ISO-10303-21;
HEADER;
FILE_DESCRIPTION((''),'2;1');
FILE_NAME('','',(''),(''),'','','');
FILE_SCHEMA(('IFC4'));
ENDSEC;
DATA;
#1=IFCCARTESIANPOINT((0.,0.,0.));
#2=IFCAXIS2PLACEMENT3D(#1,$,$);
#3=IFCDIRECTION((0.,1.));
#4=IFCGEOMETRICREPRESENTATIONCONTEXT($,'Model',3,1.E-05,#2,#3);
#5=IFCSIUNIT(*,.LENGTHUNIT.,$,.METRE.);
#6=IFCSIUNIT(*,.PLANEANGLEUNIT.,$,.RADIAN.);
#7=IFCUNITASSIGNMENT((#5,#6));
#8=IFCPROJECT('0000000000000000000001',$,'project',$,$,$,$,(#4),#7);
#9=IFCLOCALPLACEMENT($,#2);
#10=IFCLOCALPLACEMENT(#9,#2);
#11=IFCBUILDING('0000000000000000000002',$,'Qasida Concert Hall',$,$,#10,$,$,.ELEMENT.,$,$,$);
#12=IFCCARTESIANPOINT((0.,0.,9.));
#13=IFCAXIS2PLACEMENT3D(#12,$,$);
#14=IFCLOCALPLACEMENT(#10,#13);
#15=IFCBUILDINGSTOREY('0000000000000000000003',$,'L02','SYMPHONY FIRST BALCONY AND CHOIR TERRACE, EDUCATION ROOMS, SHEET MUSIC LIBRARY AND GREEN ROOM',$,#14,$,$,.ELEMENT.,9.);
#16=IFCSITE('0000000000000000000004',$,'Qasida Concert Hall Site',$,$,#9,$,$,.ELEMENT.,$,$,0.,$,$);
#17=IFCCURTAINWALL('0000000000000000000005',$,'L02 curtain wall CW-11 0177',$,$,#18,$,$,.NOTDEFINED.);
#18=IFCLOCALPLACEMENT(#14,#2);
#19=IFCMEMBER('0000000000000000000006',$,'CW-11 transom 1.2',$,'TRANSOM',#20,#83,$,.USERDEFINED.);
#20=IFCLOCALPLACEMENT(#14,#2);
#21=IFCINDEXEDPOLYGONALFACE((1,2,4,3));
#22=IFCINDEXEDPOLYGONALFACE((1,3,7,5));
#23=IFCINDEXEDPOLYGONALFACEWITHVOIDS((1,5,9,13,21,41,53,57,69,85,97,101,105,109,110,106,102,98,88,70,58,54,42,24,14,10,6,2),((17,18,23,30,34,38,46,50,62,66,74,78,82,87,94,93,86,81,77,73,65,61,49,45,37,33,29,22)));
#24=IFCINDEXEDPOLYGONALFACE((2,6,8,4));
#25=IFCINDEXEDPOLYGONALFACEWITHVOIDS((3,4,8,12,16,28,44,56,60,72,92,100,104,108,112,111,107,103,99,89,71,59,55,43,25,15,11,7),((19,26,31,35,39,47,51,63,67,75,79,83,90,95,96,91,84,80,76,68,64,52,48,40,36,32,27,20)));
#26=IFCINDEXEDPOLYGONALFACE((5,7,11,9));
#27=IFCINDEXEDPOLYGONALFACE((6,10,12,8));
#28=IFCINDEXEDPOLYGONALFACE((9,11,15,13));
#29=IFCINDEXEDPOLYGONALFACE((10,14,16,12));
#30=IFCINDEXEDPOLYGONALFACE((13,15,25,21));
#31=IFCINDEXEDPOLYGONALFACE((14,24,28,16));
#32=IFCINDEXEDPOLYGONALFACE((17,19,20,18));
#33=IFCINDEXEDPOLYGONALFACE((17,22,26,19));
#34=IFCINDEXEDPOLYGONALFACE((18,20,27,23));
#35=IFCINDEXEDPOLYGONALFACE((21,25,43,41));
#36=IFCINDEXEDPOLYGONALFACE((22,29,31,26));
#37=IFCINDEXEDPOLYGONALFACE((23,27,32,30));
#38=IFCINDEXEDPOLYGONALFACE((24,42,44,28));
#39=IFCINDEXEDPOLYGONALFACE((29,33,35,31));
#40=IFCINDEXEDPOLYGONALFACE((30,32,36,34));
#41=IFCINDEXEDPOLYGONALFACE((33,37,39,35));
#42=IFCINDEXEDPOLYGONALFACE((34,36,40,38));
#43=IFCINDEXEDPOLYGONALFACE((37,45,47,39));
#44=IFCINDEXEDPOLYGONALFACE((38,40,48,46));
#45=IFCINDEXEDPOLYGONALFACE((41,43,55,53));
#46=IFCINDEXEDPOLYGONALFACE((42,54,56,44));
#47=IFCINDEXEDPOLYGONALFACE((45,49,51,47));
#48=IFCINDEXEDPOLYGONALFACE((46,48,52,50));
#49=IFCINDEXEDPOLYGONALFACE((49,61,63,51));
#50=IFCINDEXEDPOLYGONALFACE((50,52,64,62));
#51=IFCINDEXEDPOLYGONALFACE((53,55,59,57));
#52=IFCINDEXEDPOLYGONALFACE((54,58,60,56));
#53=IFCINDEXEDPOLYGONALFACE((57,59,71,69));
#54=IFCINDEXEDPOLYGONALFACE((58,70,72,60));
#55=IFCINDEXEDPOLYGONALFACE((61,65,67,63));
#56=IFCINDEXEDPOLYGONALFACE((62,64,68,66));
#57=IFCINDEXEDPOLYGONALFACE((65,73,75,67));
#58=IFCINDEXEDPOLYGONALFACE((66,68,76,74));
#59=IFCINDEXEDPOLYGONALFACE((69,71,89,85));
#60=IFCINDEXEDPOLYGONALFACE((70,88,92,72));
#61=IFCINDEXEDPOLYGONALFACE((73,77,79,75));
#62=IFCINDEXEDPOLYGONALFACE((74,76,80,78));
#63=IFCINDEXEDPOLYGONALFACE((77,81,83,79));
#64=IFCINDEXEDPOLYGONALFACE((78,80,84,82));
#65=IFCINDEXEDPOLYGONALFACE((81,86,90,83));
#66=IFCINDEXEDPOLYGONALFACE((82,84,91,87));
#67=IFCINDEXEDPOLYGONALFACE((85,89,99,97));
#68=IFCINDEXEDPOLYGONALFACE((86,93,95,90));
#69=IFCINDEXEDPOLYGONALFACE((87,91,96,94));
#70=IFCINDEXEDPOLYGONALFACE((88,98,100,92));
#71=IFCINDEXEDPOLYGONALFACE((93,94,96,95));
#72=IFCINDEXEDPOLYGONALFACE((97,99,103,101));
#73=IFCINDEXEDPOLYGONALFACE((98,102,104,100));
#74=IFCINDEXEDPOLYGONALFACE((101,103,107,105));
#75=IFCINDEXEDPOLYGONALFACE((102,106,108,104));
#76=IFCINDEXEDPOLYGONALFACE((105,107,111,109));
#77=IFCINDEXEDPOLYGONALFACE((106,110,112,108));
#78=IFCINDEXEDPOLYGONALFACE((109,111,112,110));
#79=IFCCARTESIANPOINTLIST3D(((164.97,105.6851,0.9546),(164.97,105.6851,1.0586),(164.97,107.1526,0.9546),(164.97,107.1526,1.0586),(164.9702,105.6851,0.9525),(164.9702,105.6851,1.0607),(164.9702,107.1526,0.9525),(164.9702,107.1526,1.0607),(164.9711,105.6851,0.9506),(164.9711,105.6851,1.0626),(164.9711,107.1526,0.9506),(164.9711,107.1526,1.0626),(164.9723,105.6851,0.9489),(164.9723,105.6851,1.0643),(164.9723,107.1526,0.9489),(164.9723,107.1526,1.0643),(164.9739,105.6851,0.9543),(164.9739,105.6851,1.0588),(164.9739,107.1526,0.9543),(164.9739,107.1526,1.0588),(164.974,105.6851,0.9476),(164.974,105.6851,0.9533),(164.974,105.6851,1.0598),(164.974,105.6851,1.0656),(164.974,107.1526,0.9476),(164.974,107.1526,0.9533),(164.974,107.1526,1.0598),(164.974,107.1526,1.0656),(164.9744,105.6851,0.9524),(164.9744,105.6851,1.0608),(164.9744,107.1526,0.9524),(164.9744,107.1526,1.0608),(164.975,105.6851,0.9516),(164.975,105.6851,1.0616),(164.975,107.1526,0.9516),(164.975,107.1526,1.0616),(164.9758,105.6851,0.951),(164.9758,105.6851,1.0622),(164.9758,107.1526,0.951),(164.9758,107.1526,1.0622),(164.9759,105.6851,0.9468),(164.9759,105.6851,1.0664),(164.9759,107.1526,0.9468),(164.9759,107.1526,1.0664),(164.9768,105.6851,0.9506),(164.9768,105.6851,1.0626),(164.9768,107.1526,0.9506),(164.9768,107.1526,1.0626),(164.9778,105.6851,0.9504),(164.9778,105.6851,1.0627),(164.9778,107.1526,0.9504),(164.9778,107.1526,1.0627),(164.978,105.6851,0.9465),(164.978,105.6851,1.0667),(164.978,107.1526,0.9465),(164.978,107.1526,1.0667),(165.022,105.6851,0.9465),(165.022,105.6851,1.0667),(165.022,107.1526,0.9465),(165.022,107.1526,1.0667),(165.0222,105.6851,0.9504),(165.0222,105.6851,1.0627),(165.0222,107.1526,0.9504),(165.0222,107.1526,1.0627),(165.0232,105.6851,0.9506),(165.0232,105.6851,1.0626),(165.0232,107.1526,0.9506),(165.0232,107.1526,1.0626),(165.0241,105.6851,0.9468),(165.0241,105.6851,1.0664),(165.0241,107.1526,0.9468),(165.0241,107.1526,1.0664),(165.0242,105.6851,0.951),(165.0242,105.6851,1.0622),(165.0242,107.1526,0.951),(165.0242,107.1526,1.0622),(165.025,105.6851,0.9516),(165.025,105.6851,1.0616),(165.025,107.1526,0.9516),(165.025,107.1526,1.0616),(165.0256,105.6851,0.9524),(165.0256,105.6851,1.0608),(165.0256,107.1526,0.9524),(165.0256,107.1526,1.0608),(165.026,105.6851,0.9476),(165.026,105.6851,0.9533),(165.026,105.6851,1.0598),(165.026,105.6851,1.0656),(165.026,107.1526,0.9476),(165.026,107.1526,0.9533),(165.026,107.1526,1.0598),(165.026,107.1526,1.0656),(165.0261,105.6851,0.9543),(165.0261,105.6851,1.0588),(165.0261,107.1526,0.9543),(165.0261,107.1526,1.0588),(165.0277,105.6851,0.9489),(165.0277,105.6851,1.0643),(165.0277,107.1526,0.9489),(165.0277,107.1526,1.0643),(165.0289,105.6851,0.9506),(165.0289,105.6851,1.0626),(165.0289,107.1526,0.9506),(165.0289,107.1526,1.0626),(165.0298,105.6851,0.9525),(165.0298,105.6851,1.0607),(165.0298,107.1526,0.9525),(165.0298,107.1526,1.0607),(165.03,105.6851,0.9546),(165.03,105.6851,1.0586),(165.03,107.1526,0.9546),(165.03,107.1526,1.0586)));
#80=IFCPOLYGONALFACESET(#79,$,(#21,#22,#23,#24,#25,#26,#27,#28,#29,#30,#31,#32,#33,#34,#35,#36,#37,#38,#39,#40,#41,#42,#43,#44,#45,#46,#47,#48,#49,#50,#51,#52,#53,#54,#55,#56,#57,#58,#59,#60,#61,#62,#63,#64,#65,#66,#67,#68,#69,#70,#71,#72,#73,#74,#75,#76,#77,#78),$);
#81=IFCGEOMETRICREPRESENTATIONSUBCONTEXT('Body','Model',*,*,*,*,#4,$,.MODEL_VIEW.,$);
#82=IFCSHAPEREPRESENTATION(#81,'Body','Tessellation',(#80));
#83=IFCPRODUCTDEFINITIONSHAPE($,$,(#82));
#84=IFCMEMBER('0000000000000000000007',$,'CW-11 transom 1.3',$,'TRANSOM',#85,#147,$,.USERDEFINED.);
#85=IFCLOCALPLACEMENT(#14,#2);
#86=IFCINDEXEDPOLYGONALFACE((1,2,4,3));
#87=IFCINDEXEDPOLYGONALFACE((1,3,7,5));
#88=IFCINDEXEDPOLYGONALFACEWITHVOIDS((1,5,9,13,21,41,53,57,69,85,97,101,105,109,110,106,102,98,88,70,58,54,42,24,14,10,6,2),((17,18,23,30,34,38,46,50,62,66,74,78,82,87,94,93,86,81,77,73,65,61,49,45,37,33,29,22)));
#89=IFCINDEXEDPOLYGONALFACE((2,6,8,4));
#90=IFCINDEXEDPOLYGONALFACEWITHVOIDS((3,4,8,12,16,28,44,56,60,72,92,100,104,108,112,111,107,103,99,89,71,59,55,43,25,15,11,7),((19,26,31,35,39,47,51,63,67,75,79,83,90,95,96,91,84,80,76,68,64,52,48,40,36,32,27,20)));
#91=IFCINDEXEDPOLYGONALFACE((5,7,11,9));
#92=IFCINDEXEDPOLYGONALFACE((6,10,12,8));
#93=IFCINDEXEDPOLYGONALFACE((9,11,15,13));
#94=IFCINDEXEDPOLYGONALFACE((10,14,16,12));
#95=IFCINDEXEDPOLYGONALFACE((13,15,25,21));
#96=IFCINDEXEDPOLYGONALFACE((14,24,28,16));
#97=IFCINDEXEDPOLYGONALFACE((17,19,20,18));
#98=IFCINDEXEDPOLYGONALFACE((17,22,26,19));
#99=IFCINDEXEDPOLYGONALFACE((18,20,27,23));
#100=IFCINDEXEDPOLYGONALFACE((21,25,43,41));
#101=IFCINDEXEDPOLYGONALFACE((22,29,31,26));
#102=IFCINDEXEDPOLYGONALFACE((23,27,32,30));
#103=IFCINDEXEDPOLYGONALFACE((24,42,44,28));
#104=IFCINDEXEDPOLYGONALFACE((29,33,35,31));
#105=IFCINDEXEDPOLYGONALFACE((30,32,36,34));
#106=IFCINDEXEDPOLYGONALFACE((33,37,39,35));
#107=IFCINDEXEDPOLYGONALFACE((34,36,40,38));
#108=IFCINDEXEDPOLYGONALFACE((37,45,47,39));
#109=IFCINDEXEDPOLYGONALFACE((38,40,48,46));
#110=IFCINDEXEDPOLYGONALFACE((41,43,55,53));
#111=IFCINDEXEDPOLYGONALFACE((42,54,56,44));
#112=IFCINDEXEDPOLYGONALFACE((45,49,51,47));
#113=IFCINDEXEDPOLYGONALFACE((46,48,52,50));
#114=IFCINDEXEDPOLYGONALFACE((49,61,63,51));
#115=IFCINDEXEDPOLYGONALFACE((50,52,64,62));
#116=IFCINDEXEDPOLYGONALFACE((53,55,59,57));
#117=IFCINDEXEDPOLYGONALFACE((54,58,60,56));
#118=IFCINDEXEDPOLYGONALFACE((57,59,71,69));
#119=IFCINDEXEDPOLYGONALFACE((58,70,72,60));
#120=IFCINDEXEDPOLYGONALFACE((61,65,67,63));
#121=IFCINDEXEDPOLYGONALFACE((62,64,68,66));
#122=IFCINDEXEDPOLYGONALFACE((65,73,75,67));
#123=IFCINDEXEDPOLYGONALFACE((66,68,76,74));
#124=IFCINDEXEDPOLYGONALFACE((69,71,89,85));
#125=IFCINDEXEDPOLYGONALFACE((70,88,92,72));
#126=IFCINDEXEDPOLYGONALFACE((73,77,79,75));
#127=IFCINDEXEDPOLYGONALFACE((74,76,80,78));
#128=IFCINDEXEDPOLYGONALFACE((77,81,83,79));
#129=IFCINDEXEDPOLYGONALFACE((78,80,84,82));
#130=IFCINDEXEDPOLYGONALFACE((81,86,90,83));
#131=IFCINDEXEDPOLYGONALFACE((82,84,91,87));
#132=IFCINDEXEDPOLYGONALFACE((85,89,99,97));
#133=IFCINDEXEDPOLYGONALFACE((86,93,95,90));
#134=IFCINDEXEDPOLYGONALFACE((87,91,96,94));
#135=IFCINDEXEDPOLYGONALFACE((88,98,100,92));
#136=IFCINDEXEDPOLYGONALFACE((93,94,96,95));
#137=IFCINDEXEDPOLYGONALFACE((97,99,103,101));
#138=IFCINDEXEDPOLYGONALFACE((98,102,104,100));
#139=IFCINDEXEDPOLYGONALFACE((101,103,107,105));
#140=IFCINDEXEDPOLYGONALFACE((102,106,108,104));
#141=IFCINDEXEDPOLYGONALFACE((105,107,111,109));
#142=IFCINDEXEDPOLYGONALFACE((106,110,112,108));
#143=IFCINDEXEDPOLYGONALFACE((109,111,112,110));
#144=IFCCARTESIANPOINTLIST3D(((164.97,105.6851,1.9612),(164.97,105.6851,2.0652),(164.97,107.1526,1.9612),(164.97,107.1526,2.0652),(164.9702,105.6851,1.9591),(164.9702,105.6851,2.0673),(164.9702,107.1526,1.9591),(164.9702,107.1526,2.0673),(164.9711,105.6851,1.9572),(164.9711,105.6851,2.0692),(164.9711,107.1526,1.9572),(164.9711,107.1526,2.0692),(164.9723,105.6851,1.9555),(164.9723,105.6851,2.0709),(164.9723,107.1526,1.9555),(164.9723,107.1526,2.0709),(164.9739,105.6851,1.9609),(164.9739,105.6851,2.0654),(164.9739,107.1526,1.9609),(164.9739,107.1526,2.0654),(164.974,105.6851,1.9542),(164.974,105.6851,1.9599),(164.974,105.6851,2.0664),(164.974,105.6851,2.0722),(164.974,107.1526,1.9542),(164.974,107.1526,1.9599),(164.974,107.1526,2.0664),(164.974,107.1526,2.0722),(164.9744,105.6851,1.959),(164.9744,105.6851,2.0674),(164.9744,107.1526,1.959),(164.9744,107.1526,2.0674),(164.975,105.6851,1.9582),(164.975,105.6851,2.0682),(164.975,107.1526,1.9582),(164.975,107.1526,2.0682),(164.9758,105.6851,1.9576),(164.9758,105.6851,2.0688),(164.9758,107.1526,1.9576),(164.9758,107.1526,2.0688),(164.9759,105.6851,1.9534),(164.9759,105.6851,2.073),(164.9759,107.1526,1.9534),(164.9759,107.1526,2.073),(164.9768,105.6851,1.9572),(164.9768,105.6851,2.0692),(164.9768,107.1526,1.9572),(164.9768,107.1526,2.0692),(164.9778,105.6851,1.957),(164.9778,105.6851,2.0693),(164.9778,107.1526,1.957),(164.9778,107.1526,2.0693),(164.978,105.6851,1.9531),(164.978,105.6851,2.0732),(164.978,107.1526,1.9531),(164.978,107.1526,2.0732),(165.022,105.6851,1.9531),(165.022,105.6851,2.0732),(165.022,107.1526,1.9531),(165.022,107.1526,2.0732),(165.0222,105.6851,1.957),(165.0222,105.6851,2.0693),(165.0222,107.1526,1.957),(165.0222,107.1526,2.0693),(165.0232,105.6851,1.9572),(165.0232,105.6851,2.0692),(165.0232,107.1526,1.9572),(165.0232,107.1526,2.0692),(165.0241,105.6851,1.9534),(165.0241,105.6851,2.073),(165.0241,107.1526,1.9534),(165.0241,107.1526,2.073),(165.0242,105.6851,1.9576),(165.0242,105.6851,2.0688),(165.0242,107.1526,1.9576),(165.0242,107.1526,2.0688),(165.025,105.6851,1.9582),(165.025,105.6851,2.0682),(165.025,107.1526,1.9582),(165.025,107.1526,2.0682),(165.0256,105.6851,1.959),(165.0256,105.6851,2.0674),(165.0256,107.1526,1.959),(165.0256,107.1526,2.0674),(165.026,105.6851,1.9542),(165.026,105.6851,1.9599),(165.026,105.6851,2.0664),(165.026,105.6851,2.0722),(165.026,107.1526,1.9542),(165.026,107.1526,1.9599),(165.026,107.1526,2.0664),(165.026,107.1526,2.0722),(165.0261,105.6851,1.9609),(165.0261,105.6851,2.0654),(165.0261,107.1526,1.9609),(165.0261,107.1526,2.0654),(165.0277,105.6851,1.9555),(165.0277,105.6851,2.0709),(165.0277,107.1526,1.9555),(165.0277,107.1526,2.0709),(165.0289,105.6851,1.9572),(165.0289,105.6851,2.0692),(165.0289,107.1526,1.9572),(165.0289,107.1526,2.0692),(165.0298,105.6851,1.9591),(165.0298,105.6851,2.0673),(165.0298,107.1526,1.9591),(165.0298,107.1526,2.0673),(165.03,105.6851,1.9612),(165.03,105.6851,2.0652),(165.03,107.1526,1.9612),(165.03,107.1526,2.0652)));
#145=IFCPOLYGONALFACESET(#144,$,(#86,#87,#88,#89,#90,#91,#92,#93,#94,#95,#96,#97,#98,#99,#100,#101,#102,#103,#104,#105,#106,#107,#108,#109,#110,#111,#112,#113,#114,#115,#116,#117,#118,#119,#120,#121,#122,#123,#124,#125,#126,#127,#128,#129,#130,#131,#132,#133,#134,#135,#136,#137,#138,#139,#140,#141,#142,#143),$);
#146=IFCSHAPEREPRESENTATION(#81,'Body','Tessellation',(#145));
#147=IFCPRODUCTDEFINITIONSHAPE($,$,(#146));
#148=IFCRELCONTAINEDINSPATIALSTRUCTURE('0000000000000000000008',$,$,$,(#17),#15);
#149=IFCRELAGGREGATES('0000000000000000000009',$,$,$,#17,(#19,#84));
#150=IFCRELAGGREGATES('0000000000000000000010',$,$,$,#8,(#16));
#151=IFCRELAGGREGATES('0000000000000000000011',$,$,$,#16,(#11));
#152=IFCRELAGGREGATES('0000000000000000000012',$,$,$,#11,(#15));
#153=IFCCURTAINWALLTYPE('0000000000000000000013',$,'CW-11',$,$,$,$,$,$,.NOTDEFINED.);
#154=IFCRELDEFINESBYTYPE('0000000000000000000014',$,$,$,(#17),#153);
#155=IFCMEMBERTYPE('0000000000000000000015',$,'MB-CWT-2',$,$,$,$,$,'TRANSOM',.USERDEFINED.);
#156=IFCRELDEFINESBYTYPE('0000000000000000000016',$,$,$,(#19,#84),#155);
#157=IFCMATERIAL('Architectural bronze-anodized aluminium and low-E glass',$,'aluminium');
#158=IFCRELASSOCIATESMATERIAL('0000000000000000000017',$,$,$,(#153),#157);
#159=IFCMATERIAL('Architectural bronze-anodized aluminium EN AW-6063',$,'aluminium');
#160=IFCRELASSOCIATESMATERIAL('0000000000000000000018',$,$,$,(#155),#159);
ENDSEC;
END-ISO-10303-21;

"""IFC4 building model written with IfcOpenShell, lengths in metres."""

from ifc_helpers import new_model, si_unit, direction, frame, origin, origin_2d, place, context, subcontext, project, spatial, hollow_rectangle, extrude, material, material_profile, profile_set, type_object, element, aggregate, save


model = new_model("IFC4")

# Units and contexts
model_context = context("Model", 3, precision=1e-05, world=origin(), true_north=direction((0.0, 1.0)))
body_context = subcontext(model_context, "Body", "Model", "MODEL_VIEW")
ifc_project = project(units=[si_unit("LENGTHUNIT", "METRE"), si_unit("PLANEANGLEUNIT", "RADIAN")], contexts=[model_context])

# Site, building, storey
site_placement = place(None, origin())
site = spatial("IfcSite", under=ifc_project, at=site_placement, Name="Qasida Concert Hall Site", CompositionType="ELEMENT", RefElevation=0.0)
building_placement = place(site_placement, origin())
building = spatial("IfcBuilding", under=site, at=building_placement, Name="Qasida Concert Hall", CompositionType="ELEMENT")
storey_placement = place(building_placement, frame((0.0, 0.0, 9.0)))
storey = spatial("IfcBuildingStorey", under=building, at=storey_placement, Name="L02", Description="SYMPHONY FIRST BALCONY AND CHOIR TERRACE, EDUCATION ROOMS, SHEET MUSIC LIBRARY AND GREEN ROOM", CompositionType="ELEMENT", Elevation=9.0)

# Curtain wall, members
ifc_material_1 = material(Name="Architectural bronze-anodized aluminium and low-E glass", Category="aluminium")
curtain_wall_type = type_object("IfcCurtainWallType", Name="CW-11", PredefinedType="NOTDEFINED", material=ifc_material_1)
curtain_wall_placement = place(storey_placement, origin())
curtain_wall = element("IfcCurtainWall", 1, at=curtain_wall_placement, inside=storey, type_object=curtain_wall_type, Name="L02 curtain wall CW-11 0177", PredefinedType="NOTDEFINED")
ifc_material_2 = material(Name="Architectural bronze-anodized aluminium EN AW-6063", Category="aluminium")
ifc_material_profile_1 = material_profile(ifc_material_2, hollow_rectangle(XDim=0.0601, YDim=0.1201, WallThickness=0.0039, InnerFilletRadius=0.0039, OuterFilletRadius=0.0081, at=origin_2d()), Name="CWT 120x60x4")
ifc_profile_set_1 = profile_set([ifc_material_profile_1], Name="Architectural bronze-anodized aluminium EN AW-6063")
member_type_1 = type_object("IfcMemberType", Name="MB-CWT-2", ElementType="TRANSOM", PredefinedType="USERDEFINED", material=ifc_profile_set_1)
member_1_placement = place(storey_placement, frame((165.0, 105.6851, 1.0066), z_axis=(0.0, 1.0, 0.0), x_axis=(-1.0, 0.0, 0.0)))
member_1 = element("IfcMember", 2, at=member_1_placement, type_object=member_type_1, Name="CW-11 transom 1.2", ObjectType="TRANSOM", PredefinedType="USERDEFINED", context=body_context, shape_type="SweptSolid", body=[
    extrude(hollow_rectangle(XDim=0.0601, YDim=0.1201, WallThickness=0.0039, InnerFilletRadius=0.0039, OuterFilletRadius=0.0081, at=origin_2d()), origin(), (0.0, 0.0, 1.0), 1.4675),
])
member_2_placement = place(storey_placement, frame((165.0, 105.6851, 2.0132), z_axis=(0.0, 1.0, 0.0), x_axis=(-1.0, 0.0, 0.0)))
member_2 = element("IfcMember", 3, at=member_2_placement, type_object=member_type_1, Name="CW-11 transom 1.3", ObjectType="TRANSOM", PredefinedType="USERDEFINED", context=body_context, shape_type="SweptSolid", body=[
    extrude(hollow_rectangle(XDim=0.0601, YDim=0.1201, WallThickness=0.0039, InnerFilletRadius=0.0039, OuterFilletRadius=0.0081, at=origin_2d()), origin(), (0.0, 0.0, 1.0), 1.4675),
])
aggregate(curtain_wall, [member_1, member_2])

save(model, "model.ifc")
